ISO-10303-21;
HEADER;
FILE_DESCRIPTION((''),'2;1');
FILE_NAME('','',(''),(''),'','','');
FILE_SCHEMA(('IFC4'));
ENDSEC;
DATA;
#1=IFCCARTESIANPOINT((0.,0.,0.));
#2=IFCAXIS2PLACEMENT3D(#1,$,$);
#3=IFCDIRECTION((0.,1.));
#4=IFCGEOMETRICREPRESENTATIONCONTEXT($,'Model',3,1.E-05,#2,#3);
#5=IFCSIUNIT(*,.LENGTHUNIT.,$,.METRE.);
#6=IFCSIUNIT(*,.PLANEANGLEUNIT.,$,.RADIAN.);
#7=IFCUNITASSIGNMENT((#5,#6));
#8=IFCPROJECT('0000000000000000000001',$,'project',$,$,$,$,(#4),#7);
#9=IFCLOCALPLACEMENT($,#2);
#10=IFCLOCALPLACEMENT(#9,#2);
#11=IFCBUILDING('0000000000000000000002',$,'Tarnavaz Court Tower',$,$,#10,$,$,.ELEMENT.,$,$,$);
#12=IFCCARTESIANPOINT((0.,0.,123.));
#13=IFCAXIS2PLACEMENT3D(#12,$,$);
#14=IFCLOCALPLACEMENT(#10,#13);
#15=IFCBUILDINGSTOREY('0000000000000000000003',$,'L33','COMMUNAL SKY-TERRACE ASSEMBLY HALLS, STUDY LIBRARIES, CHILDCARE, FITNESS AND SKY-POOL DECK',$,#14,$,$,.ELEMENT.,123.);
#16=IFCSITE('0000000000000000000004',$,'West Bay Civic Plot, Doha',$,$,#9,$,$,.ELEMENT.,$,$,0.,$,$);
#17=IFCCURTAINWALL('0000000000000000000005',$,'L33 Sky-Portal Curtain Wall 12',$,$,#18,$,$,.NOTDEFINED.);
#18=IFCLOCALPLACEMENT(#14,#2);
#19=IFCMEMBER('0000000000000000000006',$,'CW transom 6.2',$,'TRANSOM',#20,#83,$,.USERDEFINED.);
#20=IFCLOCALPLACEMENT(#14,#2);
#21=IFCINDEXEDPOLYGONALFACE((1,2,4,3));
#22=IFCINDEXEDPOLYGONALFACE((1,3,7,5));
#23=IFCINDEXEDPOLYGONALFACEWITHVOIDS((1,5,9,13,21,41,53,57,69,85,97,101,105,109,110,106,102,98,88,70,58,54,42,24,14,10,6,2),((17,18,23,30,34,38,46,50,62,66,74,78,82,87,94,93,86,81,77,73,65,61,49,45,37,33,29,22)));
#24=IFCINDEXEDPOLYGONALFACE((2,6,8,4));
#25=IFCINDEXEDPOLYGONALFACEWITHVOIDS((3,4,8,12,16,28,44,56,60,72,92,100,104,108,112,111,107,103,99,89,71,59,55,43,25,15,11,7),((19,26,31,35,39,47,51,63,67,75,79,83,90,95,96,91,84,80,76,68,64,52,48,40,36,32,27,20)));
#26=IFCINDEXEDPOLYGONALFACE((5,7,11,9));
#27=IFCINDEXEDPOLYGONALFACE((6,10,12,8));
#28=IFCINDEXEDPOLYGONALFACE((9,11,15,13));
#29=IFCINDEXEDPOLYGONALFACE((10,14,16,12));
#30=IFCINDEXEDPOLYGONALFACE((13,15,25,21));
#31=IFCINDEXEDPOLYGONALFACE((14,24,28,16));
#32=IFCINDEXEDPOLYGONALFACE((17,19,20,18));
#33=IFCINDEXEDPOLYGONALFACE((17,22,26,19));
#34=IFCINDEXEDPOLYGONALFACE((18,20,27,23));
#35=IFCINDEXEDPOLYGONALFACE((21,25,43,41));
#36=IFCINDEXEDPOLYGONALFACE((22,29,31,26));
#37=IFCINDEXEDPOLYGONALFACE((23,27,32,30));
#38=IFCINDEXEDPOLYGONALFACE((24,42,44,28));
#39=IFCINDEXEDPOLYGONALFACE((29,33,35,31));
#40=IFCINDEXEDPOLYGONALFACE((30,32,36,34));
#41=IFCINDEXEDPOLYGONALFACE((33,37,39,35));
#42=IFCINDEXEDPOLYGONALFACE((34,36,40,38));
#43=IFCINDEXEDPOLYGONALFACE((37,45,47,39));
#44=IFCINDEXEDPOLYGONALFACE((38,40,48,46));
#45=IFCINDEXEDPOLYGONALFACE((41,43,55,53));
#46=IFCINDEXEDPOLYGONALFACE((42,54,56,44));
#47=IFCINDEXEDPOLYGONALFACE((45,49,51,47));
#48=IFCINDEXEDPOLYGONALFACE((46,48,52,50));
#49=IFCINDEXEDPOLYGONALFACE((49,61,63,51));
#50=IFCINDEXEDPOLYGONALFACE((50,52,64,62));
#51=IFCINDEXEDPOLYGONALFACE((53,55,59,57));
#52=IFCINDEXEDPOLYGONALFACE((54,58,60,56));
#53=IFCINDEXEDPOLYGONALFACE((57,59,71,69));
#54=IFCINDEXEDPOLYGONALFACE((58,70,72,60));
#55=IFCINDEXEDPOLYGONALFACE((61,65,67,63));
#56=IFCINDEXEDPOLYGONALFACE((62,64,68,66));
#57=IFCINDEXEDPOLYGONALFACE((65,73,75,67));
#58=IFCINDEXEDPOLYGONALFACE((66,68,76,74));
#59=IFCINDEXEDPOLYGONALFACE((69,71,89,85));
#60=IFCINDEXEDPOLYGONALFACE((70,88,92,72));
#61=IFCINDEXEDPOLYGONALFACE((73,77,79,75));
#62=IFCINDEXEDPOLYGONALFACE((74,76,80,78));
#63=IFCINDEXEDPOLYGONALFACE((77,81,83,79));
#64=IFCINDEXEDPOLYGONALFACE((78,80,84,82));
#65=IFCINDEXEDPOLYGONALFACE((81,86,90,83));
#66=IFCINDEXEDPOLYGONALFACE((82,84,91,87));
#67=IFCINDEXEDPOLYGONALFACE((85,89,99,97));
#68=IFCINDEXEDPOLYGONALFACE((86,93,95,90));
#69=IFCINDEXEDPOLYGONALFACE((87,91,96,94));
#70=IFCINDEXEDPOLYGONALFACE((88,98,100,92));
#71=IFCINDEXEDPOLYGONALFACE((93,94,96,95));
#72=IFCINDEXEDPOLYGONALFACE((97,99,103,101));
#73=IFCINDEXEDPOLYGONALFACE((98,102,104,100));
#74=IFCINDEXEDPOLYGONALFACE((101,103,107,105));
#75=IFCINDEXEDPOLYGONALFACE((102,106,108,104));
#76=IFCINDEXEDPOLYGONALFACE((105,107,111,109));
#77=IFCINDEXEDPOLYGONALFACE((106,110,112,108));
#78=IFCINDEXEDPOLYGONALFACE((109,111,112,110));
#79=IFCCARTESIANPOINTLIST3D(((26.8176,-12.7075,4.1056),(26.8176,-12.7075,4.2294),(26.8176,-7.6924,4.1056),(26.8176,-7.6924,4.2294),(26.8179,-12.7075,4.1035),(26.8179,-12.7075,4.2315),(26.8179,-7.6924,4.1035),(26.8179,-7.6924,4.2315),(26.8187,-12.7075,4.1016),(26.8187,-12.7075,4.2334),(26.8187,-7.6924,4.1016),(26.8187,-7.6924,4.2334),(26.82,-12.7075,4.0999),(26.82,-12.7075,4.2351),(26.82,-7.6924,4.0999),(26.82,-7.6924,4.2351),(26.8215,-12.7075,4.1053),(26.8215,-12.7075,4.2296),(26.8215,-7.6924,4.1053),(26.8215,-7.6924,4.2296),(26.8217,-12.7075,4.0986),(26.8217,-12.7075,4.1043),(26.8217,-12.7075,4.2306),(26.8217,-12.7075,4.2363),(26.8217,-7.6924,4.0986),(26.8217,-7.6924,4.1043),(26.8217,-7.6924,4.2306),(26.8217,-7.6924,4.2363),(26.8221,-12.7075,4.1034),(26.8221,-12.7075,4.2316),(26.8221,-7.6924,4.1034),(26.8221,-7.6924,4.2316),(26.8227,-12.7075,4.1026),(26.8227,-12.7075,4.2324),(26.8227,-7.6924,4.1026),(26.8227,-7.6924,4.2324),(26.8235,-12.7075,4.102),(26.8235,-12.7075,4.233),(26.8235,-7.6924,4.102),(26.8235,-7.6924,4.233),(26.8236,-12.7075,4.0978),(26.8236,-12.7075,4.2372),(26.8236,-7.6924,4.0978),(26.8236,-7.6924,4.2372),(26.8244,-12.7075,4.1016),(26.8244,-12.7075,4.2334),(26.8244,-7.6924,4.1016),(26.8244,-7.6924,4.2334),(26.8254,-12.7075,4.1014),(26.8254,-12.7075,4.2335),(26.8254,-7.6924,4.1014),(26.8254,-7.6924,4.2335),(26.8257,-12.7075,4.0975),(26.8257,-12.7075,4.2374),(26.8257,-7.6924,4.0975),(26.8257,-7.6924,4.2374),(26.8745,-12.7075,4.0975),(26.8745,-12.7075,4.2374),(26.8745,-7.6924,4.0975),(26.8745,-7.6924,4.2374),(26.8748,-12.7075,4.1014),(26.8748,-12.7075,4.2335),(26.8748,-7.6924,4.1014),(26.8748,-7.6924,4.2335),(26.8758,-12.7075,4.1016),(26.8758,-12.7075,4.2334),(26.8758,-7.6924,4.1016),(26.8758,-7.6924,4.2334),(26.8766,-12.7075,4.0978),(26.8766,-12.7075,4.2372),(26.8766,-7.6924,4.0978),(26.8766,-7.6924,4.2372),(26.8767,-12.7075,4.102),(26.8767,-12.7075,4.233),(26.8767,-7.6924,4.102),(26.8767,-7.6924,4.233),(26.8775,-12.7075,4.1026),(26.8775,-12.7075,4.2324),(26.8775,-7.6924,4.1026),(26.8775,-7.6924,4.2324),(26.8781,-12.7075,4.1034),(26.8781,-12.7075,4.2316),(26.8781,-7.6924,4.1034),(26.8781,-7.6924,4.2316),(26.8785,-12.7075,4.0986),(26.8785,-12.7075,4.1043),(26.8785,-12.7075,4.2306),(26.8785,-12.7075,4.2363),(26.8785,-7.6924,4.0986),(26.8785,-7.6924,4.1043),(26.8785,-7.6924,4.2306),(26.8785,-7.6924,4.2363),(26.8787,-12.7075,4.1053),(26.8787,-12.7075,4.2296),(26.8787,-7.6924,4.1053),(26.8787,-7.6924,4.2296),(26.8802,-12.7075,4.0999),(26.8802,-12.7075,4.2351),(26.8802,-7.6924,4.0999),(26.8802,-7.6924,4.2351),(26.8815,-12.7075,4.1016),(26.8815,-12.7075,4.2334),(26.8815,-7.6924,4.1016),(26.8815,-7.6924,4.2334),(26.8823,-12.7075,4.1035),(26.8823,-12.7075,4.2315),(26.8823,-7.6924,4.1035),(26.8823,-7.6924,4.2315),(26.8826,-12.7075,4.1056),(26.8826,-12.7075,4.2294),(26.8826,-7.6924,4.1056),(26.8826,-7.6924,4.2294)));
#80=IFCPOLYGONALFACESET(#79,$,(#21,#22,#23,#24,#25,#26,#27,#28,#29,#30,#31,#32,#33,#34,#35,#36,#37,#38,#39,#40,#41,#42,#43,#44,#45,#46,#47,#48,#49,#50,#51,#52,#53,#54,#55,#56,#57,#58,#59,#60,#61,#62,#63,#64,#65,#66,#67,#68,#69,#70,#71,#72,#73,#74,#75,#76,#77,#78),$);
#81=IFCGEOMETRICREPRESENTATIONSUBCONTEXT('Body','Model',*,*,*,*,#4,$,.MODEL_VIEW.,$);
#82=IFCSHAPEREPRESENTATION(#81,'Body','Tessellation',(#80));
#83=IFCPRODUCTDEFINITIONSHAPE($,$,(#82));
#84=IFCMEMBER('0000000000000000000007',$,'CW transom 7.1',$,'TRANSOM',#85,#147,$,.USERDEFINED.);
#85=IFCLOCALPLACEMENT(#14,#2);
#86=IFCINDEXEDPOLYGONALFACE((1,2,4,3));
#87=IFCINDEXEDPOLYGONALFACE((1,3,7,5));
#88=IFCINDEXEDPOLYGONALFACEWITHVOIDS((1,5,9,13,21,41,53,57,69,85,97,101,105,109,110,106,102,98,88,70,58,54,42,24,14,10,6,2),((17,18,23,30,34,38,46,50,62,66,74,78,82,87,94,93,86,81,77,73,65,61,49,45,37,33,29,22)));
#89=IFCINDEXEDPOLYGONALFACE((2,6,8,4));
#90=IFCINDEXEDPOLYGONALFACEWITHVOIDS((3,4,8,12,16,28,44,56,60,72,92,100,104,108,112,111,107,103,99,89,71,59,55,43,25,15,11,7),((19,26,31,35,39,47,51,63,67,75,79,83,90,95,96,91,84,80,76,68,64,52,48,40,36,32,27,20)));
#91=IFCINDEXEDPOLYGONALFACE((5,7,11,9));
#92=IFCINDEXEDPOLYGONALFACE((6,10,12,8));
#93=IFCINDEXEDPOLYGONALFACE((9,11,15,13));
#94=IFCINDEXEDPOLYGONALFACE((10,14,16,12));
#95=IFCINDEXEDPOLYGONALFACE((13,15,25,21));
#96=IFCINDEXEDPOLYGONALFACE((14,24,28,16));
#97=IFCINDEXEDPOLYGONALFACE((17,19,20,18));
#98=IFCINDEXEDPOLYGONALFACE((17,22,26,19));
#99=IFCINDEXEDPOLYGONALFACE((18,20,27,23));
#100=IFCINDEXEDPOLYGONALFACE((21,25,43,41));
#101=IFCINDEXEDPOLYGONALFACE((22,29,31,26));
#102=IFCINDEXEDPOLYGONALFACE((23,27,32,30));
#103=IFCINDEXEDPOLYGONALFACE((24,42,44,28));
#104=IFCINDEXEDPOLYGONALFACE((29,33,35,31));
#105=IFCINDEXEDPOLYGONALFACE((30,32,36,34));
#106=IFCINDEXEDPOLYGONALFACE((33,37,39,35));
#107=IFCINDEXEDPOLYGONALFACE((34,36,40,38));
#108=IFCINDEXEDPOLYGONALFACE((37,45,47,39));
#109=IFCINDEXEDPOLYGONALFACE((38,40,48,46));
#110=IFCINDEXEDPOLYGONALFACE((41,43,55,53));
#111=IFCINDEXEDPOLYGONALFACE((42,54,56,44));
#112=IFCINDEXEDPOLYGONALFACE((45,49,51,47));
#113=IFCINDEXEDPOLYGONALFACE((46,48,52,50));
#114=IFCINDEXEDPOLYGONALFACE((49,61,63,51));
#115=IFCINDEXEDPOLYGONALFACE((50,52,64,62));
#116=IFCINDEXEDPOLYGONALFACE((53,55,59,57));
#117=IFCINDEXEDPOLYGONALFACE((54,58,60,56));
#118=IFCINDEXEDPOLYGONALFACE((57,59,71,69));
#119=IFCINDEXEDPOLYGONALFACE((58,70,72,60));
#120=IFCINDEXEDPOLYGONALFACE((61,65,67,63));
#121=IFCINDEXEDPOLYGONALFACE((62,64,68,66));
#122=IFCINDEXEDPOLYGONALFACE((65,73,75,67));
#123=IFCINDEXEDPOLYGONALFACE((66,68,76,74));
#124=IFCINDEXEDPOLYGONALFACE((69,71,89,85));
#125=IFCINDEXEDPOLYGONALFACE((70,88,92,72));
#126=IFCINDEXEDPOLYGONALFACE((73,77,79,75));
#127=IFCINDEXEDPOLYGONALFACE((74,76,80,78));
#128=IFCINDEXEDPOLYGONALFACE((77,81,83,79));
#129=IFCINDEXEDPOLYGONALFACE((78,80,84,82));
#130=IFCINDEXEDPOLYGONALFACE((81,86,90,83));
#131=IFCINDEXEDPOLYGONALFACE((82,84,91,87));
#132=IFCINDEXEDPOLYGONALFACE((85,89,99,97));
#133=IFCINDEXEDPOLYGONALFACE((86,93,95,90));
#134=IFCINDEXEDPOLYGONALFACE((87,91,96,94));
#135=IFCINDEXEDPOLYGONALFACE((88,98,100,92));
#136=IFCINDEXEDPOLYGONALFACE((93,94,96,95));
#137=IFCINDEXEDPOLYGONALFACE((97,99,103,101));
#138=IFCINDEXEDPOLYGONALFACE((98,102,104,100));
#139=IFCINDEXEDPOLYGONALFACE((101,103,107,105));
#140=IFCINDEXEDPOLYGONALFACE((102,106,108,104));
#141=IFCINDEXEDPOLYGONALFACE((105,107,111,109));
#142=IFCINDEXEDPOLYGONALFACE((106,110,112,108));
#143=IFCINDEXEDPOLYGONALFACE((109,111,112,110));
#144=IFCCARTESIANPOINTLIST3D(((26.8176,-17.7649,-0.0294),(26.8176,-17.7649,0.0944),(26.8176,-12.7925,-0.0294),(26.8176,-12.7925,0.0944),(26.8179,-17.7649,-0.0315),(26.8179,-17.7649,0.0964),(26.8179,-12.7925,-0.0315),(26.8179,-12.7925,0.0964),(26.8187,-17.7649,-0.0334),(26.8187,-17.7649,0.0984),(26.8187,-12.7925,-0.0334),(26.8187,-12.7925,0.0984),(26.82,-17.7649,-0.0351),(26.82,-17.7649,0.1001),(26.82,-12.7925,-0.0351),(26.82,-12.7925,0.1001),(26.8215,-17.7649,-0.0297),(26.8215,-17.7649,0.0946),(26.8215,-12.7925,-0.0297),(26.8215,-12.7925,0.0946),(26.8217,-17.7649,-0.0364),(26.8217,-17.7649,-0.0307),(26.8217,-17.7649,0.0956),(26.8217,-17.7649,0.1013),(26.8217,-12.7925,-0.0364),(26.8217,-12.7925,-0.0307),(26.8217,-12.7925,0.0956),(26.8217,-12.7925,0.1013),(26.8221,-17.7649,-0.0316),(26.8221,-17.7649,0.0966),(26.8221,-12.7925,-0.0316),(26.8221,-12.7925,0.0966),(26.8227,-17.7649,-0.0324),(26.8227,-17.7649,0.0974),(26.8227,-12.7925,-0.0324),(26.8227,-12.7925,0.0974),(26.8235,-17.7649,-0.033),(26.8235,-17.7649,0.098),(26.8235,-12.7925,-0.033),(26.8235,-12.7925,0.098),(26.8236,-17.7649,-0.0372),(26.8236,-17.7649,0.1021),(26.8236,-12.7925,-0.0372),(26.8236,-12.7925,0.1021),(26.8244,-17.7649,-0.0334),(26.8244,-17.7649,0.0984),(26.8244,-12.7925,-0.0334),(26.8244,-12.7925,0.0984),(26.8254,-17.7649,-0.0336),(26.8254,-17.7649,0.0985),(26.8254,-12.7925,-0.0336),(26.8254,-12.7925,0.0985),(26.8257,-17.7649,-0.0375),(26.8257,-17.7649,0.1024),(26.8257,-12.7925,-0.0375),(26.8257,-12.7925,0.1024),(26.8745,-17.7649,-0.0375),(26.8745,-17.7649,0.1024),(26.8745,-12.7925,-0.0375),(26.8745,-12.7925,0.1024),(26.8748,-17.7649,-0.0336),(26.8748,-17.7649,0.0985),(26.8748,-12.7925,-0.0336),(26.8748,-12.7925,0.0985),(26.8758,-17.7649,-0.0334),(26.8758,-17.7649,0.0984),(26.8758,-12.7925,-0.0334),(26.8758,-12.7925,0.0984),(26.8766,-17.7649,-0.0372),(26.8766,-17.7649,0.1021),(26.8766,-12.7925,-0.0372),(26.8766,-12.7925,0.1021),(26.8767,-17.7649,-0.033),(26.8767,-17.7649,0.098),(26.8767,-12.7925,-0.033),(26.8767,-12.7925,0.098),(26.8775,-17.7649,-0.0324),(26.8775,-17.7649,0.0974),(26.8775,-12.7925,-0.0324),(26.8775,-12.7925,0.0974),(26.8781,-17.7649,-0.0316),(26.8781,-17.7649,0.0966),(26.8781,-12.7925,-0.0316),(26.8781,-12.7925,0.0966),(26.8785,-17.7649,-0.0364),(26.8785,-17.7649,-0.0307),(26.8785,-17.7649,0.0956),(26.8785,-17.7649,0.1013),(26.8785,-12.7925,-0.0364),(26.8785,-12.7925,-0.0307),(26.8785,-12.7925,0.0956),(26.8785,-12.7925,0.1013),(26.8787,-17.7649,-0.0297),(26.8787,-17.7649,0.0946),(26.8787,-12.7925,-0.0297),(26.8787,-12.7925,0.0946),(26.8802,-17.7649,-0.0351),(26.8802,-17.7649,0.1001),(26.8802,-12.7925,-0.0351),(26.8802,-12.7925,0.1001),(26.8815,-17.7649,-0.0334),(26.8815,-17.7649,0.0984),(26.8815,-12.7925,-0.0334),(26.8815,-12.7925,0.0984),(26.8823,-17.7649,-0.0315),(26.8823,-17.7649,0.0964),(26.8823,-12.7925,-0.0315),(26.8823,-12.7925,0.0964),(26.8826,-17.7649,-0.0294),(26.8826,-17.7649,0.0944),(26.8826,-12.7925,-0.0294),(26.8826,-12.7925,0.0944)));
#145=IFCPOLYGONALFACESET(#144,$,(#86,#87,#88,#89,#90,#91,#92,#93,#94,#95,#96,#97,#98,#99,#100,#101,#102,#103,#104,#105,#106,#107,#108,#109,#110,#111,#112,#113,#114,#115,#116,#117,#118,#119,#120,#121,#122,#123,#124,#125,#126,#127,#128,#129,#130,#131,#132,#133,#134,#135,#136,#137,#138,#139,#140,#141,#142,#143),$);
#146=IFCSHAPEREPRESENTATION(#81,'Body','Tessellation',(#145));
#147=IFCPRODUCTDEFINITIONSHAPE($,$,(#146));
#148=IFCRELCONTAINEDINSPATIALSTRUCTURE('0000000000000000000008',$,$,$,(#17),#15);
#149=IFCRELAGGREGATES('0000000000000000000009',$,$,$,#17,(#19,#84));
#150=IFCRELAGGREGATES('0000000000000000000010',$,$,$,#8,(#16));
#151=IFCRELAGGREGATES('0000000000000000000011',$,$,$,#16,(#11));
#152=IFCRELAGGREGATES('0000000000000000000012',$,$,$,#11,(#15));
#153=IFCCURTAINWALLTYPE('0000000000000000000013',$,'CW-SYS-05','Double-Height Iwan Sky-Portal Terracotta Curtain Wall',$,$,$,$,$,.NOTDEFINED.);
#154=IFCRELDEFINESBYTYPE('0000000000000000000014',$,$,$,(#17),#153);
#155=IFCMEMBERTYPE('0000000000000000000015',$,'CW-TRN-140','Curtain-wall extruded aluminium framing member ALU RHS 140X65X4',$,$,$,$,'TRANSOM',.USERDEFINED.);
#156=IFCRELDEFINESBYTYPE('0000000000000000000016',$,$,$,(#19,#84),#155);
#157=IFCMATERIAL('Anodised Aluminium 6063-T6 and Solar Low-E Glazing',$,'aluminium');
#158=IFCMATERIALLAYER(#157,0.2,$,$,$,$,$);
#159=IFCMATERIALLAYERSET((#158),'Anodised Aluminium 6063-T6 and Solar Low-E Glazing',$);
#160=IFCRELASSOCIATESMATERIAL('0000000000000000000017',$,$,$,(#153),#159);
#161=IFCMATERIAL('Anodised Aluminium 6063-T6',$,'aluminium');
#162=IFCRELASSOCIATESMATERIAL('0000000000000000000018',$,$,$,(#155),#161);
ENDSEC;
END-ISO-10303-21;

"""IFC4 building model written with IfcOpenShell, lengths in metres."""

from ifc_helpers import new_model, si_unit, direction, frame, origin, origin_2d, place, context, subcontext, project, spatial, hollow_rectangle, extrude, material, layer, layer_set, material_profile, profile_set, type_object, element, aggregate, save


model = new_model("IFC4")

# Units and contexts
model_context = context("Model", 3, precision=1e-05, world=origin(), true_north=direction((0.0, 1.0)))
body_context = subcontext(model_context, "Body", "Model", "MODEL_VIEW")
ifc_project = project(units=[si_unit("LENGTHUNIT", "METRE"), si_unit("PLANEANGLEUNIT", "RADIAN")], contexts=[model_context])

# Site, building, storey
site_placement = place(None, origin())
site = spatial("IfcSite", under=ifc_project, at=site_placement, Name="West Bay Civic Plot, Doha", CompositionType="ELEMENT", RefElevation=0.0)
building_placement = place(site_placement, origin())
building = spatial("IfcBuilding", under=site, at=building_placement, Name="Tarnavaz Court Tower", CompositionType="ELEMENT")
storey_placement = place(building_placement, frame((0.0, 0.0, 123.0)))
storey = spatial("IfcBuildingStorey", under=building, at=storey_placement, Name="L33", Description="COMMUNAL SKY-TERRACE ASSEMBLY HALLS, STUDY LIBRARIES, CHILDCARE, FITNESS AND SKY-POOL DECK", CompositionType="ELEMENT", Elevation=123.0)

# Curtain wall, members
ifc_material_1 = material(Name="Anodised Aluminium 6063-T6 and Solar Low-E Glazing", Category="aluminium")
ifc_layer_1 = layer(ifc_material_1, 0.2)
ifc_layer_set_1 = layer_set([ifc_layer_1], Name="Anodised Aluminium 6063-T6 and Solar Low-E Glazing")
curtain_wall_type = type_object("IfcCurtainWallType", Name="CW-SYS-05", Description="Double-Height Iwan Sky-Portal Terracotta Curtain Wall", PredefinedType="NOTDEFINED", material=ifc_layer_set_1)
curtain_wall_placement = place(storey_placement, origin())
curtain_wall = element("IfcCurtainWall", 1, at=curtain_wall_placement, inside=storey, type_object=curtain_wall_type, Name="L33 Sky-Portal Curtain Wall 12", PredefinedType="NOTDEFINED")
ifc_material_2 = material(Name="Anodised Aluminium 6063-T6", Category="aluminium")
ifc_material_profile_1 = material_profile(ifc_material_2, hollow_rectangle(XDim=0.0649, YDim=0.1399, WallThickness=0.0039, InnerFilletRadius=0.0039, OuterFilletRadius=0.0081, at=origin_2d()), Name="ALU RHS 140X65X4")
ifc_profile_set_1 = profile_set([ifc_material_profile_1], Name="Anodised Aluminium 6063-T6")
member_type_1 = type_object("IfcMemberType", Name="CW-TRN-140", Description="Curtain-wall extruded aluminium framing member ALU RHS 140X65X4", ElementType="TRANSOM", PredefinedType="USERDEFINED", material=ifc_profile_set_1)
member_1_placement = place(storey_placement, frame((26.8501, -7.6924, 4.1675), z_axis=(0.0, -1.0, 0.0), x_axis=(1.0, 0.0, 0.0)))
member_1 = element("IfcMember", 2, at=member_1_placement, type_object=member_type_1, Name="CW transom 6.2", ObjectType="TRANSOM", PredefinedType="USERDEFINED", context=body_context, shape_type="SweptSolid", body=[
    extrude(hollow_rectangle(XDim=0.0649, YDim=0.1399, WallThickness=0.0039, InnerFilletRadius=0.0039, OuterFilletRadius=0.0081, at=origin_2d()), origin(), (0.0, 0.0, 1.0), 5.0151),
])
member_2_placement = place(storey_placement, frame((26.8501, -12.7925, 0.0325), z_axis=(0.0, -1.0, 0.0), x_axis=(1.0, 0.0, 0.0)))
member_2 = element("IfcMember", 3, at=member_2_placement, type_object=member_type_1, Name="CW transom 7.1", ObjectType="TRANSOM", PredefinedType="USERDEFINED", context=body_context, shape_type="SweptSolid", body=[
    extrude(hollow_rectangle(XDim=0.0649, YDim=0.1399, WallThickness=0.0039, InnerFilletRadius=0.0039, OuterFilletRadius=0.0081, at=origin_2d()), origin(), (0.0, 0.0, 1.0), 4.9724),
])
aggregate(curtain_wall, [member_1, member_2])

save(model, "model.ifc")
